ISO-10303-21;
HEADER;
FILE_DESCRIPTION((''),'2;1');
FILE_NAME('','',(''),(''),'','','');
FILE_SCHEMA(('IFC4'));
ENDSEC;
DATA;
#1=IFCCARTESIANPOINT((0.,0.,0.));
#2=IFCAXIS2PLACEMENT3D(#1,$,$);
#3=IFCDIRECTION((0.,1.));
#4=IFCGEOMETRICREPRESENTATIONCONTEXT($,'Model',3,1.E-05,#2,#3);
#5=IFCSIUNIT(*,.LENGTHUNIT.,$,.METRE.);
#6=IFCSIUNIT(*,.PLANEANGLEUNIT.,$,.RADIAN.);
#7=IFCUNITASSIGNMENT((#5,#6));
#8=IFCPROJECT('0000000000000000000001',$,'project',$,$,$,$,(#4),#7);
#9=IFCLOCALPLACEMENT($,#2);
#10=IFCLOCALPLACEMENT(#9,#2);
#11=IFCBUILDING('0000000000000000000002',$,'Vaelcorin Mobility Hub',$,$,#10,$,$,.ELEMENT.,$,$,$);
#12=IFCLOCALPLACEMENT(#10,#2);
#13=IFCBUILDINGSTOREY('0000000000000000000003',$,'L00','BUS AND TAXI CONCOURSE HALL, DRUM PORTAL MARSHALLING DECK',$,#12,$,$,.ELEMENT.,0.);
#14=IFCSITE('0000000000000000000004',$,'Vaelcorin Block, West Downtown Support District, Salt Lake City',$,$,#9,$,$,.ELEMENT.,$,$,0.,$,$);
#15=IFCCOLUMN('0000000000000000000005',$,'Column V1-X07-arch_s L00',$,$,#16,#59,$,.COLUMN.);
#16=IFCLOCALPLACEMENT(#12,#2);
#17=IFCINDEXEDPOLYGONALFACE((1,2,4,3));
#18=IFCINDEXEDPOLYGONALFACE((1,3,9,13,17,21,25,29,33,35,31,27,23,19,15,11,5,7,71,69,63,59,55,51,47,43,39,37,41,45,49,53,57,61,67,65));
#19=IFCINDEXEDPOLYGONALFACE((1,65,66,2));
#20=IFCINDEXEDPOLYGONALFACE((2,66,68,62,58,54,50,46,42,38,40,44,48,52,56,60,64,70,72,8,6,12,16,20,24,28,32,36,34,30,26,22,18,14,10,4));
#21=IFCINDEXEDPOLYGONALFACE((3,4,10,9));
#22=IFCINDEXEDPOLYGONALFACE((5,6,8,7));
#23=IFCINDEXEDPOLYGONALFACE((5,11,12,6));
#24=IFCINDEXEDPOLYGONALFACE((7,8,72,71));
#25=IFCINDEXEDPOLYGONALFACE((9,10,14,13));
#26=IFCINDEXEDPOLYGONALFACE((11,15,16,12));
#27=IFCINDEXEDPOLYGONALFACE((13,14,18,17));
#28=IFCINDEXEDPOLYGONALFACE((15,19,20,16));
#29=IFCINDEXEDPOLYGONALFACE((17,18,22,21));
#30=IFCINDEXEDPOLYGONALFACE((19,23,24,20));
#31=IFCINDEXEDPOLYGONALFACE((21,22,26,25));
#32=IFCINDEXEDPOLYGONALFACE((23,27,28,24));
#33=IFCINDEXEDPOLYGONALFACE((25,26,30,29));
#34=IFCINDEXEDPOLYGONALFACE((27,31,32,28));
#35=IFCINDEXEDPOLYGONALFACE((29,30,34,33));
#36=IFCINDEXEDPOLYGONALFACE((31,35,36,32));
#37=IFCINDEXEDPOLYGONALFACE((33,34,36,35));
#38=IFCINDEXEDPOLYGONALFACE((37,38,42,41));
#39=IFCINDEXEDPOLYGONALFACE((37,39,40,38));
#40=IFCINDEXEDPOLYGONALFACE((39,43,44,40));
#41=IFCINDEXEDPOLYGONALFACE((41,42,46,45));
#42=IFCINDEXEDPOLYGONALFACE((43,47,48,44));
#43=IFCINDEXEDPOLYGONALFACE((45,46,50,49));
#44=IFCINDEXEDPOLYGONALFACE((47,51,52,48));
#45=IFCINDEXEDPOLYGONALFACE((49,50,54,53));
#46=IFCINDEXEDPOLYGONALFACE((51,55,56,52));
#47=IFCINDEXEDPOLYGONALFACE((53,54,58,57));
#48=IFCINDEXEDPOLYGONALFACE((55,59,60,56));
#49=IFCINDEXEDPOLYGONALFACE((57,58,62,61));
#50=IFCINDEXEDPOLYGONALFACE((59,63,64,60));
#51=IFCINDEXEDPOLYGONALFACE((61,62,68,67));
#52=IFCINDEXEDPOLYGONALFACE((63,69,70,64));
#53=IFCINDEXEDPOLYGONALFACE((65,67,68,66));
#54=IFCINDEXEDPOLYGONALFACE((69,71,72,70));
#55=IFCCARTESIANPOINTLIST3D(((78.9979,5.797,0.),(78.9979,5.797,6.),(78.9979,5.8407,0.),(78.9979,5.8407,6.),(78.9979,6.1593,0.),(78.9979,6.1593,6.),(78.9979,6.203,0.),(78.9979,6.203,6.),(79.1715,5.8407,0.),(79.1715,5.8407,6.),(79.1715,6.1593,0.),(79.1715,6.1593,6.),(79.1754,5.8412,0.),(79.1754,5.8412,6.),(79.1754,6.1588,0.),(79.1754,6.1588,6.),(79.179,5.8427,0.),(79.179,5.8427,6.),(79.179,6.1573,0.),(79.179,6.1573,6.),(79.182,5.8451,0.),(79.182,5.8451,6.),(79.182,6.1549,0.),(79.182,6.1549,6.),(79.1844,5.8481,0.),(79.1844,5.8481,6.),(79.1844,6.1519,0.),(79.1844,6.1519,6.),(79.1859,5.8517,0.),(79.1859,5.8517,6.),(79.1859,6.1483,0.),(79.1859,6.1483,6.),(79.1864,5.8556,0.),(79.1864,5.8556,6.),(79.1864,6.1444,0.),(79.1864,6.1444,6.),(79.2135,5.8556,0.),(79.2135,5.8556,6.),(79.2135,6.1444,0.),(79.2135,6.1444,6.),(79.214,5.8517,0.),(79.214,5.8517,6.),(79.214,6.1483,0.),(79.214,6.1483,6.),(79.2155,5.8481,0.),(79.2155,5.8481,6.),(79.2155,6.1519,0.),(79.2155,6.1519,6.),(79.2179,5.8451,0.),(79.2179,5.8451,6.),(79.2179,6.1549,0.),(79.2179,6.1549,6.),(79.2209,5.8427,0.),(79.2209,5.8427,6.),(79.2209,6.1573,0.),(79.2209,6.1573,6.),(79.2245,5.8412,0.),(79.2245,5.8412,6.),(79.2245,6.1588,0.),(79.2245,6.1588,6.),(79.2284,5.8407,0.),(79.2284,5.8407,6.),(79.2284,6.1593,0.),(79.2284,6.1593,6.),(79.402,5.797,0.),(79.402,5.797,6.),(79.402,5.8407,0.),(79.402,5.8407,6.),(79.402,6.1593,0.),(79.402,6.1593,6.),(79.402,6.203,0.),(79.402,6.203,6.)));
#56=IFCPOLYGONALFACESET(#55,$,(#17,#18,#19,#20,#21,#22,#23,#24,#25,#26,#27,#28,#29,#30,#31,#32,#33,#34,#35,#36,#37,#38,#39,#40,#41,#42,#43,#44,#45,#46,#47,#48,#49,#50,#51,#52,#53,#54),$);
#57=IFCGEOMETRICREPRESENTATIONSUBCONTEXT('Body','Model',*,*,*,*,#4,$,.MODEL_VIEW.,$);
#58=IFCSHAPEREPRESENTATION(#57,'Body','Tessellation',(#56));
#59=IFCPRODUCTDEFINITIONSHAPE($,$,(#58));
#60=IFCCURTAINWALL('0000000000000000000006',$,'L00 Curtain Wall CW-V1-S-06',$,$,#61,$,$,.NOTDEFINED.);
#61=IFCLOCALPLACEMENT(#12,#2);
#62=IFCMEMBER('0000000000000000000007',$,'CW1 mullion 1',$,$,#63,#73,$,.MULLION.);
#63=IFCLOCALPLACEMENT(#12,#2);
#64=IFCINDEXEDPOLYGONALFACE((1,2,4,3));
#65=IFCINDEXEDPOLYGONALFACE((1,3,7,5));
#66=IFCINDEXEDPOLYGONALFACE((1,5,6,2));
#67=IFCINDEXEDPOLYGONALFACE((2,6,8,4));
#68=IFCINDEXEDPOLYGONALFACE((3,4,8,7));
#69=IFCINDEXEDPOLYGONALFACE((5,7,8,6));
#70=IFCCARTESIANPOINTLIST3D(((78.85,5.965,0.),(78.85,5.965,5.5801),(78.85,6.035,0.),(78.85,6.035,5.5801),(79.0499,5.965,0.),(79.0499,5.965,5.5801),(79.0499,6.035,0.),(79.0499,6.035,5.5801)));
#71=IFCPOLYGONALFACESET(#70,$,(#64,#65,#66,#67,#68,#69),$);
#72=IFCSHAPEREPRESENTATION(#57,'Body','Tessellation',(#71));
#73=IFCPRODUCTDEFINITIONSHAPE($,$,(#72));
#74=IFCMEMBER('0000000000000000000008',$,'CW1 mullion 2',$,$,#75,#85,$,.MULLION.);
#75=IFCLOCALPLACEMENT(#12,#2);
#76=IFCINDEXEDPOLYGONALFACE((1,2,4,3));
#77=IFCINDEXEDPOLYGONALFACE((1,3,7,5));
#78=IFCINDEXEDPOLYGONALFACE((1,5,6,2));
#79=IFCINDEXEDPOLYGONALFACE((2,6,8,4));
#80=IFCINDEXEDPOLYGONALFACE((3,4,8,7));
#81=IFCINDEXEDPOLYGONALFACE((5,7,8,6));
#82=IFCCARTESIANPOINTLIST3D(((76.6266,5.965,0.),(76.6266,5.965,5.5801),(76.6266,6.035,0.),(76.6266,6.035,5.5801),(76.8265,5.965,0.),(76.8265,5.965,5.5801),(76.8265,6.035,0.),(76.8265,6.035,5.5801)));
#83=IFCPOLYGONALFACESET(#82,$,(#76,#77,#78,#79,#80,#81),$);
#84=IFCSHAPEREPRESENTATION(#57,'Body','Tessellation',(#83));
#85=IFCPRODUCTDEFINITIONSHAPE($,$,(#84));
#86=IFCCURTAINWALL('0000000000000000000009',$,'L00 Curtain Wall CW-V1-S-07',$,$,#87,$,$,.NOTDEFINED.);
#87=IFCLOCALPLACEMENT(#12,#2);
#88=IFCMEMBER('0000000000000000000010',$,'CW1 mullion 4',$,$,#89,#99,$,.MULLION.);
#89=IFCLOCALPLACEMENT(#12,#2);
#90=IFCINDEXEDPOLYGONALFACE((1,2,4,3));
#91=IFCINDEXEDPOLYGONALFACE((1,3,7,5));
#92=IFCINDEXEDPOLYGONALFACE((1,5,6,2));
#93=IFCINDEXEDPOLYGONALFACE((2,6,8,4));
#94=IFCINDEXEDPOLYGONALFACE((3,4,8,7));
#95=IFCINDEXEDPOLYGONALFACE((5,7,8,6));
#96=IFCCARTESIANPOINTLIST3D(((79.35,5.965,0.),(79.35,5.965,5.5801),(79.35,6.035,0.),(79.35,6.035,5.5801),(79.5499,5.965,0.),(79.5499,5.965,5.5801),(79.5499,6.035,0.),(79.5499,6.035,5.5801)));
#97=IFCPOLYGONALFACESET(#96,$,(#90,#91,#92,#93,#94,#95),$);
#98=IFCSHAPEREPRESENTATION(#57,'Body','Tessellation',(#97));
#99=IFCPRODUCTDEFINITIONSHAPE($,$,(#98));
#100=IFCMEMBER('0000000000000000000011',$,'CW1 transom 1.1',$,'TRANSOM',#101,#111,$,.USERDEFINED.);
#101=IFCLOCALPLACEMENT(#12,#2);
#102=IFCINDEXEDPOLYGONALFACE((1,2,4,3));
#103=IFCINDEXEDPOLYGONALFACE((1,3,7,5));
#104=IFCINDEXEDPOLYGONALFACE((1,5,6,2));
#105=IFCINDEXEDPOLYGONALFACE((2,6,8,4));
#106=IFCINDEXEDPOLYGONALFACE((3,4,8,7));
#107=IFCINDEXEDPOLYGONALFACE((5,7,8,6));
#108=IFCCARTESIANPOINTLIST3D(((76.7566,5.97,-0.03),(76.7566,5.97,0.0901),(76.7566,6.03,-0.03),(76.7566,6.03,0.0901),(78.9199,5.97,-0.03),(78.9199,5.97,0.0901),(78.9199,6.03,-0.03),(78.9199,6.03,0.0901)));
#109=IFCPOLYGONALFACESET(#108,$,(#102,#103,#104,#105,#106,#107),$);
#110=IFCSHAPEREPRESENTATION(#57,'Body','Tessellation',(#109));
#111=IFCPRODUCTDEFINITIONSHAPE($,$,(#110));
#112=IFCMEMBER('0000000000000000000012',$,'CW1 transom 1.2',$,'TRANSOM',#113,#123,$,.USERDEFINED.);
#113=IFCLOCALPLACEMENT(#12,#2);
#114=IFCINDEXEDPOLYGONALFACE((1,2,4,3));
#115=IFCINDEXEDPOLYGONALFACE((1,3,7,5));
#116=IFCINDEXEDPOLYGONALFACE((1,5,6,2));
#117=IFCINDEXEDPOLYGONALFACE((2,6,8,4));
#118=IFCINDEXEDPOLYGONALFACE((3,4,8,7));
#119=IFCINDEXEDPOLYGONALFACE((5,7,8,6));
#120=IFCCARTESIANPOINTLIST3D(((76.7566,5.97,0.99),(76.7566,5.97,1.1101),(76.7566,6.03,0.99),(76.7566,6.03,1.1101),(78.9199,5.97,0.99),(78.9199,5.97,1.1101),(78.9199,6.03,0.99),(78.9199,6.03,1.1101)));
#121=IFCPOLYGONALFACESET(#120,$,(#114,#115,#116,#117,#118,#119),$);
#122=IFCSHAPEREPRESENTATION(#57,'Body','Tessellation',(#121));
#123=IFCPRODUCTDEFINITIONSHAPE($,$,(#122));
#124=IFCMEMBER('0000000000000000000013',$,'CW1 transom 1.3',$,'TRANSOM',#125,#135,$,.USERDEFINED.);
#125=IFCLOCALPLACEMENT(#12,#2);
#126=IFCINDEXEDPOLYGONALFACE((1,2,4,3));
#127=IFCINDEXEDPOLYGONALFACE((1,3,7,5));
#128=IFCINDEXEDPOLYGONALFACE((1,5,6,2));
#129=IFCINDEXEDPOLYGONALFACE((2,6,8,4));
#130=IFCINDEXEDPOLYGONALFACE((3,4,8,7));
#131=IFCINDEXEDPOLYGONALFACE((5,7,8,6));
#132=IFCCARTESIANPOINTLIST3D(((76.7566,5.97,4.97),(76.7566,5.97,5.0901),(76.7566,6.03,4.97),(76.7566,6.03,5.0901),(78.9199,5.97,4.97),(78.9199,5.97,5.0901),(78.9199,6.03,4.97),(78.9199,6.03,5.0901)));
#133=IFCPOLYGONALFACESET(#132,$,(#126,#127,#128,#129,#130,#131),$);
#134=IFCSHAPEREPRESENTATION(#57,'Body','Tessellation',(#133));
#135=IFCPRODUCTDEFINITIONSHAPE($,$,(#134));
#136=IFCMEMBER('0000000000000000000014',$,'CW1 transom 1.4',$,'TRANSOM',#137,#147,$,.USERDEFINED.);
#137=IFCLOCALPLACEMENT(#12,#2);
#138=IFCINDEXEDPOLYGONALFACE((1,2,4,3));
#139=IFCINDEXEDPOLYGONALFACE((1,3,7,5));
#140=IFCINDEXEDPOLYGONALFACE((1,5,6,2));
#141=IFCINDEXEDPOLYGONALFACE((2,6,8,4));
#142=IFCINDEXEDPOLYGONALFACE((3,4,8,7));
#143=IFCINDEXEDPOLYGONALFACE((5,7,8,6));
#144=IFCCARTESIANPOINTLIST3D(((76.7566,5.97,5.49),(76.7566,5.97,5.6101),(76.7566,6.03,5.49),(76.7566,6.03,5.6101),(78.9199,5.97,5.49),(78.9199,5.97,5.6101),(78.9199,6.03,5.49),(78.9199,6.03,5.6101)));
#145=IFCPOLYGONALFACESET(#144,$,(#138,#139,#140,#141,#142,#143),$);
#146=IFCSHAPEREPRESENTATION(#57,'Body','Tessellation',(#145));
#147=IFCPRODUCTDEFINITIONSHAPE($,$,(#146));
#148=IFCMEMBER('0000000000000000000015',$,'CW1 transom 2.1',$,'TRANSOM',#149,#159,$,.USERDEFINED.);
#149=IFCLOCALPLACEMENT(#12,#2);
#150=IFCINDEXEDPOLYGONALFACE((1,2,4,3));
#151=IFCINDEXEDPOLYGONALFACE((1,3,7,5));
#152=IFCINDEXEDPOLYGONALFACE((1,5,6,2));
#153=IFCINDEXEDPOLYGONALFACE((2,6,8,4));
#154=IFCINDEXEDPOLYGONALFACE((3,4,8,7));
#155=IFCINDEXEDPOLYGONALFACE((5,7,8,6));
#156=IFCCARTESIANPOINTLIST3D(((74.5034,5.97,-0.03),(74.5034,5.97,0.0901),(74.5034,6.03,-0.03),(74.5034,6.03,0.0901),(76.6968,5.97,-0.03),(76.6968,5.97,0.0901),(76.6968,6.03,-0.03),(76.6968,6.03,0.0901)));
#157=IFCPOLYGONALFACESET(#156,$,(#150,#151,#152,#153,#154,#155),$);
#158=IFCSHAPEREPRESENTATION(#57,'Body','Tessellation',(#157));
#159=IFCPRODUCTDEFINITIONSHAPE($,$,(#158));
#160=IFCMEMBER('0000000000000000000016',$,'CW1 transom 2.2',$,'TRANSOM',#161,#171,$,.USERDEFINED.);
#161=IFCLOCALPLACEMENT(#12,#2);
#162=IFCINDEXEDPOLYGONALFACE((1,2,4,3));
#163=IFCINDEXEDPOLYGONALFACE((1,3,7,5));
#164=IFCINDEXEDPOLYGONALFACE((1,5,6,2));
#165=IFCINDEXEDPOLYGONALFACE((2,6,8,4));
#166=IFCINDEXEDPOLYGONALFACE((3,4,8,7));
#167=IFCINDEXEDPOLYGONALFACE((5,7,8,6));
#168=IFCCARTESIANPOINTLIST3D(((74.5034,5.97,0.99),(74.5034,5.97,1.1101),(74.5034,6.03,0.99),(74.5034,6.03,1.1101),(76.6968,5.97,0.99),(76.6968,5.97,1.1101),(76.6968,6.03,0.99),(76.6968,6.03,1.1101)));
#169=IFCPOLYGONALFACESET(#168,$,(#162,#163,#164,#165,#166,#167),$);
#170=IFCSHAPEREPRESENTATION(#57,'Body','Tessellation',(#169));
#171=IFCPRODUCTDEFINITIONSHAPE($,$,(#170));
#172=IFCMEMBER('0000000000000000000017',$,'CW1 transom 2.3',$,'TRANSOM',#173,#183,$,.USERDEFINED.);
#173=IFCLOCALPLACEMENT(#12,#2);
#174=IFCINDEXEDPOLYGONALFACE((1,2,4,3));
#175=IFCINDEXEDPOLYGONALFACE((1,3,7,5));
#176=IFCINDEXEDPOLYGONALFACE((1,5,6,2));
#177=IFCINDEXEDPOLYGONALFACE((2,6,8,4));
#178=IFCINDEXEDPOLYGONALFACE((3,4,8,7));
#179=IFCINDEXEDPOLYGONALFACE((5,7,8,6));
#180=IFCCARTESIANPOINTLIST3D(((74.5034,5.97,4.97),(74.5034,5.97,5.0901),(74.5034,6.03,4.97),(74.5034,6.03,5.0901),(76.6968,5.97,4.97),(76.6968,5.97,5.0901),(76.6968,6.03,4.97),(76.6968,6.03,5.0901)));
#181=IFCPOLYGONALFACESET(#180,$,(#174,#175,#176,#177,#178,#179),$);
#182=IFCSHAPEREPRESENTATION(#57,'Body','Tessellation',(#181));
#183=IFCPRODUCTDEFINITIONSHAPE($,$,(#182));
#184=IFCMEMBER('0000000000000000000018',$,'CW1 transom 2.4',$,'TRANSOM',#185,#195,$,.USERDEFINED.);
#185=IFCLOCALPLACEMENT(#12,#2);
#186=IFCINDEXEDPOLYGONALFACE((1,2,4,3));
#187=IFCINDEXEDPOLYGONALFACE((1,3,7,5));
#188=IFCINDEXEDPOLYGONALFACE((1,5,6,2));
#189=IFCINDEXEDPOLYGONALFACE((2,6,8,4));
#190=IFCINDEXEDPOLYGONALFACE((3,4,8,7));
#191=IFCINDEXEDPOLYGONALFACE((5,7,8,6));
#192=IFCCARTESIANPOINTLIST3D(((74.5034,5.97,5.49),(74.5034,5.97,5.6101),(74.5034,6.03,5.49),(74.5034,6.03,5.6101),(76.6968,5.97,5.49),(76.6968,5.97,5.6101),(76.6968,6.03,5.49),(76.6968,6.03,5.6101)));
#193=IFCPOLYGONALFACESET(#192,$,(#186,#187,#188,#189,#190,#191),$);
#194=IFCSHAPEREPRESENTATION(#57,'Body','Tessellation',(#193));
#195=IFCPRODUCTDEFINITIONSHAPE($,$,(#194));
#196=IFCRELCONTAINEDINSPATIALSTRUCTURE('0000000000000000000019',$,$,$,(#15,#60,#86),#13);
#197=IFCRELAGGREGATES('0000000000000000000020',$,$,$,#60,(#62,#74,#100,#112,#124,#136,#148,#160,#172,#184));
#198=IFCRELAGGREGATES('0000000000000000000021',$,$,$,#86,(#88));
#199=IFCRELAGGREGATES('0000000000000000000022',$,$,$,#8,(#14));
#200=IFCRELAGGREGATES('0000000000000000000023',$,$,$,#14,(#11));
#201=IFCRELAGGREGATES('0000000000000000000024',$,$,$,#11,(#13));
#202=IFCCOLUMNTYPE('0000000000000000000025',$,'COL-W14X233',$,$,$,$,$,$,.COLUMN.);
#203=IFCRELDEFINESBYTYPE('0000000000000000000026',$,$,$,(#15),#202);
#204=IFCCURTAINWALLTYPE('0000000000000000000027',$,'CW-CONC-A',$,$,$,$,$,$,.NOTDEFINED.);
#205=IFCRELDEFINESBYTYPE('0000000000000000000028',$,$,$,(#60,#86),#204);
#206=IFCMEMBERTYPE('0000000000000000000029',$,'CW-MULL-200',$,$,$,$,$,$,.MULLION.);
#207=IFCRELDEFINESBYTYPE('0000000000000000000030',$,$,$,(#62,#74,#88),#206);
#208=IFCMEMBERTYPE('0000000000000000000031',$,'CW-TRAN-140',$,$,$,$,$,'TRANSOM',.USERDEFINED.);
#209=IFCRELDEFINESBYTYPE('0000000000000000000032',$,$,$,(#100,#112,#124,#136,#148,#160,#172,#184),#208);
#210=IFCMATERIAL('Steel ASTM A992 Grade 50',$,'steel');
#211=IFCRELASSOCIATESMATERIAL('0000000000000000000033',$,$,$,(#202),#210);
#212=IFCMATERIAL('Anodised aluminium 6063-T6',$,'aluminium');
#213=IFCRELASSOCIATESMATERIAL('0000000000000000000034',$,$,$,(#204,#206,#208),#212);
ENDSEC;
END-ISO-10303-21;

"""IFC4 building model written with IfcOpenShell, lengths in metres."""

from ifc_helpers import new_model, si_unit, direction, frame, origin, origin_2d, place, context, subcontext, project, spatial, rectangle, i_section, extrude, material, material_profile, profile_set, type_object, element, aggregate, save


model = new_model("IFC4")

# Units and contexts
model_context = context("Model", 3, precision=1e-05, world=origin(), true_north=direction((0.0, 1.0)))
body_context = subcontext(model_context, "Body", "Model", "MODEL_VIEW")
ifc_project = project(units=[si_unit("LENGTHUNIT", "METRE"), si_unit("PLANEANGLEUNIT", "RADIAN")], contexts=[model_context])

# Site, building, storey
site_placement = place(None, origin())
site = spatial("IfcSite", under=ifc_project, at=site_placement, Name="Vaelcorin Block, West Downtown Support District, Salt Lake City", CompositionType="ELEMENT", RefElevation=0.0)
building_placement = place(site_placement, origin())
building = spatial("IfcBuilding", under=site, at=building_placement, Name="Vaelcorin Mobility Hub", CompositionType="ELEMENT")
storey_placement = place(building_placement, origin())
storey = spatial("IfcBuildingStorey", under=building, at=storey_placement, Name="L00", Description="BUS AND TAXI CONCOURSE HALL, DRUM PORTAL MARSHALLING DECK", CompositionType="ELEMENT", Elevation=0.0)

# Column
ifc_material_1 = material(Name="Steel ASTM A992 Grade 50", Category="steel")
ifc_material_profile_1 = material_profile(ifc_material_1, i_section(OverallWidth=0.4041, OverallDepth=0.406, WebThickness=0.0271, FlangeThickness=0.0437, FilletRadius=0.0149, at=origin_2d()), Name="W14X233")
ifc_profile_set_1 = profile_set([ifc_material_profile_1], Name="Steel ASTM A992 Grade 50")
column_type_1 = type_object("IfcColumnType", Name="COL-W14X233", PredefinedType="COLUMN", material=ifc_profile_set_1)
column_placement = place(storey_placement, frame((79.2, 6.0, 0.0), z_axis=(0.0, 0.0, 1.0), x_axis=(1.0, 0.0, 0.0)))
element("IfcColumn", 1, at=column_placement, inside=storey, type_object=column_type_1, Name="Column V1-X07-arch_s L00", PredefinedType="COLUMN", context=body_context, shape_type="SweptSolid", body=[
    extrude(i_section(OverallWidth=0.4041, OverallDepth=0.406, WebThickness=0.0271, FlangeThickness=0.0437, FilletRadius=0.0149, at=origin_2d()), origin(), (0.0, 0.0, 1.0), 6.0),
])

# Curtain wall, members
ifc_material_2 = material(Name="Anodised aluminium 6063-T6", Category="aluminium")
curtain_wall_type = type_object("IfcCurtainWallType", Name="CW-CONC-A", PredefinedType="NOTDEFINED", material=ifc_material_2)
curtain_wall_1_placement = place(storey_placement, origin())
curtain_wall_1 = element("IfcCurtainWall", 2, at=curtain_wall_1_placement, inside=storey, type_object=curtain_wall_type, Name="L00 Curtain Wall CW-V1-S-06", PredefinedType="NOTDEFINED")
ifc_material_profile_2 = material_profile(ifc_material_2, rectangle(XDim=0.0701, YDim=0.2, at=origin_2d()), Name="ALU-M70X200")
ifc_profile_set_2 = profile_set([ifc_material_profile_2], Name="Anodised aluminium 6063-T6")
member_type_1 = type_object("IfcMemberType", Name="CW-MULL-200", PredefinedType="MULLION", material=ifc_profile_set_2)
member_1_placement = place(storey_placement, frame((78.95, 6.0, 0.0), z_axis=(0.0, 0.0, 1.0), x_axis=(0.0, -1.0, 0.0)))
member_1 = element("IfcMember", 3, at=member_1_placement, type_object=member_type_1, Name="CW1 mullion 1", PredefinedType="MULLION", context=body_context, shape_type="SweptSolid", body=[
    extrude(rectangle(XDim=0.0701, YDim=0.2, at=origin_2d()), origin(), (0.0, 0.0, 1.0), 5.5801),
])
member_2_placement = place(storey_placement, frame((76.7266, 6.0, 0.0), z_axis=(0.0, 0.0, 1.0), x_axis=(0.0, -1.0, 0.0)))
member_2 = element("IfcMember", 4, at=member_2_placement, type_object=member_type_1, Name="CW1 mullion 2", PredefinedType="MULLION", context=body_context, shape_type="SweptSolid", body=[
    extrude(rectangle(XDim=0.0701, YDim=0.2, at=origin_2d()), origin(), (0.0, 0.0, 1.0), 5.5801),
])

# Curtain wall, member
curtain_wall_2_placement = place(storey_placement, origin())
curtain_wall_2 = element("IfcCurtainWall", 5, at=curtain_wall_2_placement, inside=storey, type_object=curtain_wall_type, Name="L00 Curtain Wall CW-V1-S-07", PredefinedType="NOTDEFINED")
member_3_placement = place(storey_placement, frame((79.45, 6.0, 0.0), z_axis=(0.0, 0.0, 1.0), x_axis=(0.0, -1.0, 0.0)))
member_3 = element("IfcMember", 6, at=member_3_placement, type_object=member_type_1, Name="CW1 mullion 4", PredefinedType="MULLION", context=body_context, shape_type="SweptSolid", body=[
    extrude(rectangle(XDim=0.0701, YDim=0.2, at=origin_2d()), origin(), (0.0, 0.0, 1.0), 5.5801),
])

# Members
ifc_material_profile_3 = material_profile(ifc_material_2, rectangle(XDim=0.0601, YDim=0.1201, at=origin_2d()), Name="ALU-T60X120")
ifc_profile_set_3 = profile_set([ifc_material_profile_3], Name="Anodised aluminium 6063-T6")
member_type_2 = type_object("IfcMemberType", Name="CW-TRAN-140", ElementType="TRANSOM", PredefinedType="USERDEFINED", material=ifc_profile_set_3)
member_4_placement = place(storey_placement, frame((78.9199, 6.0, 0.03), z_axis=(-1.0, 0.0, 0.0), x_axis=(0.0, -1.0, 0.0)))
member_4 = element("IfcMember", 7, at=member_4_placement, type_object=member_type_2, Name="CW1 transom 1.1", ObjectType="TRANSOM", PredefinedType="USERDEFINED", context=body_context, shape_type="SweptSolid", body=[
    extrude(rectangle(XDim=0.0601, YDim=0.1201, at=origin_2d()), origin(), (0.0, 0.0, 1.0), 2.1633),
])
member_5_placement = place(storey_placement, frame((78.9199, 6.0, 1.05), z_axis=(-1.0, 0.0, 0.0), x_axis=(0.0, -1.0, 0.0)))
member_5 = element("IfcMember", 8, at=member_5_placement, type_object=member_type_2, Name="CW1 transom 1.2", ObjectType="TRANSOM", PredefinedType="USERDEFINED", context=body_context, shape_type="SweptSolid", body=[
    extrude(rectangle(XDim=0.0601, YDim=0.1201, at=origin_2d()), origin(), (0.0, 0.0, 1.0), 2.1633),
])
member_6_placement = place(storey_placement, frame((78.9199, 6.0, 5.03), z_axis=(-1.0, 0.0, 0.0), x_axis=(0.0, -1.0, 0.0)))
member_6 = element("IfcMember", 9, at=member_6_placement, type_object=member_type_2, Name="CW1 transom 1.3", ObjectType="TRANSOM", PredefinedType="USERDEFINED", context=body_context, shape_type="SweptSolid", body=[
    extrude(rectangle(XDim=0.0601, YDim=0.1201, at=origin_2d()), origin(), (0.0, 0.0, 1.0), 2.1633),
])
member_7_placement = place(storey_placement, frame((78.9199, 6.0, 5.55), z_axis=(-1.0, 0.0, 0.0), x_axis=(0.0, -1.0, 0.0)))
member_7 = element("IfcMember", 10, at=member_7_placement, type_object=member_type_2, Name="CW1 transom 1.4", ObjectType="TRANSOM", PredefinedType="USERDEFINED", context=body_context, shape_type="SweptSolid", body=[
    extrude(rectangle(XDim=0.0601, YDim=0.1201, at=origin_2d()), origin(), (0.0, 0.0, 1.0), 2.1633),
])
member_8_placement = place(storey_placement, frame((76.6968, 6.0, 0.03), z_axis=(-1.0, 0.0, 0.0), x_axis=(0.0, -1.0, 0.0)))
member_8 = element("IfcMember", 11, at=member_8_placement, type_object=member_type_2, Name="CW1 transom 2.1", ObjectType="TRANSOM", PredefinedType="USERDEFINED", context=body_context, shape_type="SweptSolid", body=[
    extrude(rectangle(XDim=0.0601, YDim=0.1201, at=origin_2d()), origin(), (0.0, 0.0, 1.0), 2.1934),
])
member_9_placement = place(storey_placement, frame((76.6968, 6.0, 1.05), z_axis=(-1.0, 0.0, 0.0), x_axis=(0.0, -1.0, 0.0)))
member_9 = element("IfcMember", 12, at=member_9_placement, type_object=member_type_2, Name="CW1 transom 2.2", ObjectType="TRANSOM", PredefinedType="USERDEFINED", context=body_context, shape_type="SweptSolid", body=[
    extrude(rectangle(XDim=0.0601, YDim=0.1201, at=origin_2d()), origin(), (0.0, 0.0, 1.0), 2.1934),
])
member_10_placement = place(storey_placement, frame((76.6968, 6.0, 5.03), z_axis=(-1.0, 0.0, 0.0), x_axis=(0.0, -1.0, 0.0)))
member_10 = element("IfcMember", 13, at=member_10_placement, type_object=member_type_2, Name="CW1 transom 2.3", ObjectType="TRANSOM", PredefinedType="USERDEFINED", context=body_context, shape_type="SweptSolid", body=[
    extrude(rectangle(XDim=0.0601, YDim=0.1201, at=origin_2d()), origin(), (0.0, 0.0, 1.0), 2.1934),
])
member_11_placement = place(storey_placement, frame((76.6968, 6.0, 5.55), z_axis=(-1.0, 0.0, 0.0), x_axis=(0.0, -1.0, 0.0)))
member_11 = element("IfcMember", 14, at=member_11_placement, type_object=member_type_2, Name="CW1 transom 2.4", ObjectType="TRANSOM", PredefinedType="USERDEFINED", context=body_context, shape_type="SweptSolid", body=[
    extrude(rectangle(XDim=0.0601, YDim=0.1201, at=origin_2d()), origin(), (0.0, 0.0, 1.0), 2.1934),
])

aggregate(curtain_wall_1, [member_1, member_2, member_4, member_5, member_6, member_7, member_8, member_9, member_10, member_11])
aggregate(curtain_wall_2, [member_3])

save(model, "model.ifc")
